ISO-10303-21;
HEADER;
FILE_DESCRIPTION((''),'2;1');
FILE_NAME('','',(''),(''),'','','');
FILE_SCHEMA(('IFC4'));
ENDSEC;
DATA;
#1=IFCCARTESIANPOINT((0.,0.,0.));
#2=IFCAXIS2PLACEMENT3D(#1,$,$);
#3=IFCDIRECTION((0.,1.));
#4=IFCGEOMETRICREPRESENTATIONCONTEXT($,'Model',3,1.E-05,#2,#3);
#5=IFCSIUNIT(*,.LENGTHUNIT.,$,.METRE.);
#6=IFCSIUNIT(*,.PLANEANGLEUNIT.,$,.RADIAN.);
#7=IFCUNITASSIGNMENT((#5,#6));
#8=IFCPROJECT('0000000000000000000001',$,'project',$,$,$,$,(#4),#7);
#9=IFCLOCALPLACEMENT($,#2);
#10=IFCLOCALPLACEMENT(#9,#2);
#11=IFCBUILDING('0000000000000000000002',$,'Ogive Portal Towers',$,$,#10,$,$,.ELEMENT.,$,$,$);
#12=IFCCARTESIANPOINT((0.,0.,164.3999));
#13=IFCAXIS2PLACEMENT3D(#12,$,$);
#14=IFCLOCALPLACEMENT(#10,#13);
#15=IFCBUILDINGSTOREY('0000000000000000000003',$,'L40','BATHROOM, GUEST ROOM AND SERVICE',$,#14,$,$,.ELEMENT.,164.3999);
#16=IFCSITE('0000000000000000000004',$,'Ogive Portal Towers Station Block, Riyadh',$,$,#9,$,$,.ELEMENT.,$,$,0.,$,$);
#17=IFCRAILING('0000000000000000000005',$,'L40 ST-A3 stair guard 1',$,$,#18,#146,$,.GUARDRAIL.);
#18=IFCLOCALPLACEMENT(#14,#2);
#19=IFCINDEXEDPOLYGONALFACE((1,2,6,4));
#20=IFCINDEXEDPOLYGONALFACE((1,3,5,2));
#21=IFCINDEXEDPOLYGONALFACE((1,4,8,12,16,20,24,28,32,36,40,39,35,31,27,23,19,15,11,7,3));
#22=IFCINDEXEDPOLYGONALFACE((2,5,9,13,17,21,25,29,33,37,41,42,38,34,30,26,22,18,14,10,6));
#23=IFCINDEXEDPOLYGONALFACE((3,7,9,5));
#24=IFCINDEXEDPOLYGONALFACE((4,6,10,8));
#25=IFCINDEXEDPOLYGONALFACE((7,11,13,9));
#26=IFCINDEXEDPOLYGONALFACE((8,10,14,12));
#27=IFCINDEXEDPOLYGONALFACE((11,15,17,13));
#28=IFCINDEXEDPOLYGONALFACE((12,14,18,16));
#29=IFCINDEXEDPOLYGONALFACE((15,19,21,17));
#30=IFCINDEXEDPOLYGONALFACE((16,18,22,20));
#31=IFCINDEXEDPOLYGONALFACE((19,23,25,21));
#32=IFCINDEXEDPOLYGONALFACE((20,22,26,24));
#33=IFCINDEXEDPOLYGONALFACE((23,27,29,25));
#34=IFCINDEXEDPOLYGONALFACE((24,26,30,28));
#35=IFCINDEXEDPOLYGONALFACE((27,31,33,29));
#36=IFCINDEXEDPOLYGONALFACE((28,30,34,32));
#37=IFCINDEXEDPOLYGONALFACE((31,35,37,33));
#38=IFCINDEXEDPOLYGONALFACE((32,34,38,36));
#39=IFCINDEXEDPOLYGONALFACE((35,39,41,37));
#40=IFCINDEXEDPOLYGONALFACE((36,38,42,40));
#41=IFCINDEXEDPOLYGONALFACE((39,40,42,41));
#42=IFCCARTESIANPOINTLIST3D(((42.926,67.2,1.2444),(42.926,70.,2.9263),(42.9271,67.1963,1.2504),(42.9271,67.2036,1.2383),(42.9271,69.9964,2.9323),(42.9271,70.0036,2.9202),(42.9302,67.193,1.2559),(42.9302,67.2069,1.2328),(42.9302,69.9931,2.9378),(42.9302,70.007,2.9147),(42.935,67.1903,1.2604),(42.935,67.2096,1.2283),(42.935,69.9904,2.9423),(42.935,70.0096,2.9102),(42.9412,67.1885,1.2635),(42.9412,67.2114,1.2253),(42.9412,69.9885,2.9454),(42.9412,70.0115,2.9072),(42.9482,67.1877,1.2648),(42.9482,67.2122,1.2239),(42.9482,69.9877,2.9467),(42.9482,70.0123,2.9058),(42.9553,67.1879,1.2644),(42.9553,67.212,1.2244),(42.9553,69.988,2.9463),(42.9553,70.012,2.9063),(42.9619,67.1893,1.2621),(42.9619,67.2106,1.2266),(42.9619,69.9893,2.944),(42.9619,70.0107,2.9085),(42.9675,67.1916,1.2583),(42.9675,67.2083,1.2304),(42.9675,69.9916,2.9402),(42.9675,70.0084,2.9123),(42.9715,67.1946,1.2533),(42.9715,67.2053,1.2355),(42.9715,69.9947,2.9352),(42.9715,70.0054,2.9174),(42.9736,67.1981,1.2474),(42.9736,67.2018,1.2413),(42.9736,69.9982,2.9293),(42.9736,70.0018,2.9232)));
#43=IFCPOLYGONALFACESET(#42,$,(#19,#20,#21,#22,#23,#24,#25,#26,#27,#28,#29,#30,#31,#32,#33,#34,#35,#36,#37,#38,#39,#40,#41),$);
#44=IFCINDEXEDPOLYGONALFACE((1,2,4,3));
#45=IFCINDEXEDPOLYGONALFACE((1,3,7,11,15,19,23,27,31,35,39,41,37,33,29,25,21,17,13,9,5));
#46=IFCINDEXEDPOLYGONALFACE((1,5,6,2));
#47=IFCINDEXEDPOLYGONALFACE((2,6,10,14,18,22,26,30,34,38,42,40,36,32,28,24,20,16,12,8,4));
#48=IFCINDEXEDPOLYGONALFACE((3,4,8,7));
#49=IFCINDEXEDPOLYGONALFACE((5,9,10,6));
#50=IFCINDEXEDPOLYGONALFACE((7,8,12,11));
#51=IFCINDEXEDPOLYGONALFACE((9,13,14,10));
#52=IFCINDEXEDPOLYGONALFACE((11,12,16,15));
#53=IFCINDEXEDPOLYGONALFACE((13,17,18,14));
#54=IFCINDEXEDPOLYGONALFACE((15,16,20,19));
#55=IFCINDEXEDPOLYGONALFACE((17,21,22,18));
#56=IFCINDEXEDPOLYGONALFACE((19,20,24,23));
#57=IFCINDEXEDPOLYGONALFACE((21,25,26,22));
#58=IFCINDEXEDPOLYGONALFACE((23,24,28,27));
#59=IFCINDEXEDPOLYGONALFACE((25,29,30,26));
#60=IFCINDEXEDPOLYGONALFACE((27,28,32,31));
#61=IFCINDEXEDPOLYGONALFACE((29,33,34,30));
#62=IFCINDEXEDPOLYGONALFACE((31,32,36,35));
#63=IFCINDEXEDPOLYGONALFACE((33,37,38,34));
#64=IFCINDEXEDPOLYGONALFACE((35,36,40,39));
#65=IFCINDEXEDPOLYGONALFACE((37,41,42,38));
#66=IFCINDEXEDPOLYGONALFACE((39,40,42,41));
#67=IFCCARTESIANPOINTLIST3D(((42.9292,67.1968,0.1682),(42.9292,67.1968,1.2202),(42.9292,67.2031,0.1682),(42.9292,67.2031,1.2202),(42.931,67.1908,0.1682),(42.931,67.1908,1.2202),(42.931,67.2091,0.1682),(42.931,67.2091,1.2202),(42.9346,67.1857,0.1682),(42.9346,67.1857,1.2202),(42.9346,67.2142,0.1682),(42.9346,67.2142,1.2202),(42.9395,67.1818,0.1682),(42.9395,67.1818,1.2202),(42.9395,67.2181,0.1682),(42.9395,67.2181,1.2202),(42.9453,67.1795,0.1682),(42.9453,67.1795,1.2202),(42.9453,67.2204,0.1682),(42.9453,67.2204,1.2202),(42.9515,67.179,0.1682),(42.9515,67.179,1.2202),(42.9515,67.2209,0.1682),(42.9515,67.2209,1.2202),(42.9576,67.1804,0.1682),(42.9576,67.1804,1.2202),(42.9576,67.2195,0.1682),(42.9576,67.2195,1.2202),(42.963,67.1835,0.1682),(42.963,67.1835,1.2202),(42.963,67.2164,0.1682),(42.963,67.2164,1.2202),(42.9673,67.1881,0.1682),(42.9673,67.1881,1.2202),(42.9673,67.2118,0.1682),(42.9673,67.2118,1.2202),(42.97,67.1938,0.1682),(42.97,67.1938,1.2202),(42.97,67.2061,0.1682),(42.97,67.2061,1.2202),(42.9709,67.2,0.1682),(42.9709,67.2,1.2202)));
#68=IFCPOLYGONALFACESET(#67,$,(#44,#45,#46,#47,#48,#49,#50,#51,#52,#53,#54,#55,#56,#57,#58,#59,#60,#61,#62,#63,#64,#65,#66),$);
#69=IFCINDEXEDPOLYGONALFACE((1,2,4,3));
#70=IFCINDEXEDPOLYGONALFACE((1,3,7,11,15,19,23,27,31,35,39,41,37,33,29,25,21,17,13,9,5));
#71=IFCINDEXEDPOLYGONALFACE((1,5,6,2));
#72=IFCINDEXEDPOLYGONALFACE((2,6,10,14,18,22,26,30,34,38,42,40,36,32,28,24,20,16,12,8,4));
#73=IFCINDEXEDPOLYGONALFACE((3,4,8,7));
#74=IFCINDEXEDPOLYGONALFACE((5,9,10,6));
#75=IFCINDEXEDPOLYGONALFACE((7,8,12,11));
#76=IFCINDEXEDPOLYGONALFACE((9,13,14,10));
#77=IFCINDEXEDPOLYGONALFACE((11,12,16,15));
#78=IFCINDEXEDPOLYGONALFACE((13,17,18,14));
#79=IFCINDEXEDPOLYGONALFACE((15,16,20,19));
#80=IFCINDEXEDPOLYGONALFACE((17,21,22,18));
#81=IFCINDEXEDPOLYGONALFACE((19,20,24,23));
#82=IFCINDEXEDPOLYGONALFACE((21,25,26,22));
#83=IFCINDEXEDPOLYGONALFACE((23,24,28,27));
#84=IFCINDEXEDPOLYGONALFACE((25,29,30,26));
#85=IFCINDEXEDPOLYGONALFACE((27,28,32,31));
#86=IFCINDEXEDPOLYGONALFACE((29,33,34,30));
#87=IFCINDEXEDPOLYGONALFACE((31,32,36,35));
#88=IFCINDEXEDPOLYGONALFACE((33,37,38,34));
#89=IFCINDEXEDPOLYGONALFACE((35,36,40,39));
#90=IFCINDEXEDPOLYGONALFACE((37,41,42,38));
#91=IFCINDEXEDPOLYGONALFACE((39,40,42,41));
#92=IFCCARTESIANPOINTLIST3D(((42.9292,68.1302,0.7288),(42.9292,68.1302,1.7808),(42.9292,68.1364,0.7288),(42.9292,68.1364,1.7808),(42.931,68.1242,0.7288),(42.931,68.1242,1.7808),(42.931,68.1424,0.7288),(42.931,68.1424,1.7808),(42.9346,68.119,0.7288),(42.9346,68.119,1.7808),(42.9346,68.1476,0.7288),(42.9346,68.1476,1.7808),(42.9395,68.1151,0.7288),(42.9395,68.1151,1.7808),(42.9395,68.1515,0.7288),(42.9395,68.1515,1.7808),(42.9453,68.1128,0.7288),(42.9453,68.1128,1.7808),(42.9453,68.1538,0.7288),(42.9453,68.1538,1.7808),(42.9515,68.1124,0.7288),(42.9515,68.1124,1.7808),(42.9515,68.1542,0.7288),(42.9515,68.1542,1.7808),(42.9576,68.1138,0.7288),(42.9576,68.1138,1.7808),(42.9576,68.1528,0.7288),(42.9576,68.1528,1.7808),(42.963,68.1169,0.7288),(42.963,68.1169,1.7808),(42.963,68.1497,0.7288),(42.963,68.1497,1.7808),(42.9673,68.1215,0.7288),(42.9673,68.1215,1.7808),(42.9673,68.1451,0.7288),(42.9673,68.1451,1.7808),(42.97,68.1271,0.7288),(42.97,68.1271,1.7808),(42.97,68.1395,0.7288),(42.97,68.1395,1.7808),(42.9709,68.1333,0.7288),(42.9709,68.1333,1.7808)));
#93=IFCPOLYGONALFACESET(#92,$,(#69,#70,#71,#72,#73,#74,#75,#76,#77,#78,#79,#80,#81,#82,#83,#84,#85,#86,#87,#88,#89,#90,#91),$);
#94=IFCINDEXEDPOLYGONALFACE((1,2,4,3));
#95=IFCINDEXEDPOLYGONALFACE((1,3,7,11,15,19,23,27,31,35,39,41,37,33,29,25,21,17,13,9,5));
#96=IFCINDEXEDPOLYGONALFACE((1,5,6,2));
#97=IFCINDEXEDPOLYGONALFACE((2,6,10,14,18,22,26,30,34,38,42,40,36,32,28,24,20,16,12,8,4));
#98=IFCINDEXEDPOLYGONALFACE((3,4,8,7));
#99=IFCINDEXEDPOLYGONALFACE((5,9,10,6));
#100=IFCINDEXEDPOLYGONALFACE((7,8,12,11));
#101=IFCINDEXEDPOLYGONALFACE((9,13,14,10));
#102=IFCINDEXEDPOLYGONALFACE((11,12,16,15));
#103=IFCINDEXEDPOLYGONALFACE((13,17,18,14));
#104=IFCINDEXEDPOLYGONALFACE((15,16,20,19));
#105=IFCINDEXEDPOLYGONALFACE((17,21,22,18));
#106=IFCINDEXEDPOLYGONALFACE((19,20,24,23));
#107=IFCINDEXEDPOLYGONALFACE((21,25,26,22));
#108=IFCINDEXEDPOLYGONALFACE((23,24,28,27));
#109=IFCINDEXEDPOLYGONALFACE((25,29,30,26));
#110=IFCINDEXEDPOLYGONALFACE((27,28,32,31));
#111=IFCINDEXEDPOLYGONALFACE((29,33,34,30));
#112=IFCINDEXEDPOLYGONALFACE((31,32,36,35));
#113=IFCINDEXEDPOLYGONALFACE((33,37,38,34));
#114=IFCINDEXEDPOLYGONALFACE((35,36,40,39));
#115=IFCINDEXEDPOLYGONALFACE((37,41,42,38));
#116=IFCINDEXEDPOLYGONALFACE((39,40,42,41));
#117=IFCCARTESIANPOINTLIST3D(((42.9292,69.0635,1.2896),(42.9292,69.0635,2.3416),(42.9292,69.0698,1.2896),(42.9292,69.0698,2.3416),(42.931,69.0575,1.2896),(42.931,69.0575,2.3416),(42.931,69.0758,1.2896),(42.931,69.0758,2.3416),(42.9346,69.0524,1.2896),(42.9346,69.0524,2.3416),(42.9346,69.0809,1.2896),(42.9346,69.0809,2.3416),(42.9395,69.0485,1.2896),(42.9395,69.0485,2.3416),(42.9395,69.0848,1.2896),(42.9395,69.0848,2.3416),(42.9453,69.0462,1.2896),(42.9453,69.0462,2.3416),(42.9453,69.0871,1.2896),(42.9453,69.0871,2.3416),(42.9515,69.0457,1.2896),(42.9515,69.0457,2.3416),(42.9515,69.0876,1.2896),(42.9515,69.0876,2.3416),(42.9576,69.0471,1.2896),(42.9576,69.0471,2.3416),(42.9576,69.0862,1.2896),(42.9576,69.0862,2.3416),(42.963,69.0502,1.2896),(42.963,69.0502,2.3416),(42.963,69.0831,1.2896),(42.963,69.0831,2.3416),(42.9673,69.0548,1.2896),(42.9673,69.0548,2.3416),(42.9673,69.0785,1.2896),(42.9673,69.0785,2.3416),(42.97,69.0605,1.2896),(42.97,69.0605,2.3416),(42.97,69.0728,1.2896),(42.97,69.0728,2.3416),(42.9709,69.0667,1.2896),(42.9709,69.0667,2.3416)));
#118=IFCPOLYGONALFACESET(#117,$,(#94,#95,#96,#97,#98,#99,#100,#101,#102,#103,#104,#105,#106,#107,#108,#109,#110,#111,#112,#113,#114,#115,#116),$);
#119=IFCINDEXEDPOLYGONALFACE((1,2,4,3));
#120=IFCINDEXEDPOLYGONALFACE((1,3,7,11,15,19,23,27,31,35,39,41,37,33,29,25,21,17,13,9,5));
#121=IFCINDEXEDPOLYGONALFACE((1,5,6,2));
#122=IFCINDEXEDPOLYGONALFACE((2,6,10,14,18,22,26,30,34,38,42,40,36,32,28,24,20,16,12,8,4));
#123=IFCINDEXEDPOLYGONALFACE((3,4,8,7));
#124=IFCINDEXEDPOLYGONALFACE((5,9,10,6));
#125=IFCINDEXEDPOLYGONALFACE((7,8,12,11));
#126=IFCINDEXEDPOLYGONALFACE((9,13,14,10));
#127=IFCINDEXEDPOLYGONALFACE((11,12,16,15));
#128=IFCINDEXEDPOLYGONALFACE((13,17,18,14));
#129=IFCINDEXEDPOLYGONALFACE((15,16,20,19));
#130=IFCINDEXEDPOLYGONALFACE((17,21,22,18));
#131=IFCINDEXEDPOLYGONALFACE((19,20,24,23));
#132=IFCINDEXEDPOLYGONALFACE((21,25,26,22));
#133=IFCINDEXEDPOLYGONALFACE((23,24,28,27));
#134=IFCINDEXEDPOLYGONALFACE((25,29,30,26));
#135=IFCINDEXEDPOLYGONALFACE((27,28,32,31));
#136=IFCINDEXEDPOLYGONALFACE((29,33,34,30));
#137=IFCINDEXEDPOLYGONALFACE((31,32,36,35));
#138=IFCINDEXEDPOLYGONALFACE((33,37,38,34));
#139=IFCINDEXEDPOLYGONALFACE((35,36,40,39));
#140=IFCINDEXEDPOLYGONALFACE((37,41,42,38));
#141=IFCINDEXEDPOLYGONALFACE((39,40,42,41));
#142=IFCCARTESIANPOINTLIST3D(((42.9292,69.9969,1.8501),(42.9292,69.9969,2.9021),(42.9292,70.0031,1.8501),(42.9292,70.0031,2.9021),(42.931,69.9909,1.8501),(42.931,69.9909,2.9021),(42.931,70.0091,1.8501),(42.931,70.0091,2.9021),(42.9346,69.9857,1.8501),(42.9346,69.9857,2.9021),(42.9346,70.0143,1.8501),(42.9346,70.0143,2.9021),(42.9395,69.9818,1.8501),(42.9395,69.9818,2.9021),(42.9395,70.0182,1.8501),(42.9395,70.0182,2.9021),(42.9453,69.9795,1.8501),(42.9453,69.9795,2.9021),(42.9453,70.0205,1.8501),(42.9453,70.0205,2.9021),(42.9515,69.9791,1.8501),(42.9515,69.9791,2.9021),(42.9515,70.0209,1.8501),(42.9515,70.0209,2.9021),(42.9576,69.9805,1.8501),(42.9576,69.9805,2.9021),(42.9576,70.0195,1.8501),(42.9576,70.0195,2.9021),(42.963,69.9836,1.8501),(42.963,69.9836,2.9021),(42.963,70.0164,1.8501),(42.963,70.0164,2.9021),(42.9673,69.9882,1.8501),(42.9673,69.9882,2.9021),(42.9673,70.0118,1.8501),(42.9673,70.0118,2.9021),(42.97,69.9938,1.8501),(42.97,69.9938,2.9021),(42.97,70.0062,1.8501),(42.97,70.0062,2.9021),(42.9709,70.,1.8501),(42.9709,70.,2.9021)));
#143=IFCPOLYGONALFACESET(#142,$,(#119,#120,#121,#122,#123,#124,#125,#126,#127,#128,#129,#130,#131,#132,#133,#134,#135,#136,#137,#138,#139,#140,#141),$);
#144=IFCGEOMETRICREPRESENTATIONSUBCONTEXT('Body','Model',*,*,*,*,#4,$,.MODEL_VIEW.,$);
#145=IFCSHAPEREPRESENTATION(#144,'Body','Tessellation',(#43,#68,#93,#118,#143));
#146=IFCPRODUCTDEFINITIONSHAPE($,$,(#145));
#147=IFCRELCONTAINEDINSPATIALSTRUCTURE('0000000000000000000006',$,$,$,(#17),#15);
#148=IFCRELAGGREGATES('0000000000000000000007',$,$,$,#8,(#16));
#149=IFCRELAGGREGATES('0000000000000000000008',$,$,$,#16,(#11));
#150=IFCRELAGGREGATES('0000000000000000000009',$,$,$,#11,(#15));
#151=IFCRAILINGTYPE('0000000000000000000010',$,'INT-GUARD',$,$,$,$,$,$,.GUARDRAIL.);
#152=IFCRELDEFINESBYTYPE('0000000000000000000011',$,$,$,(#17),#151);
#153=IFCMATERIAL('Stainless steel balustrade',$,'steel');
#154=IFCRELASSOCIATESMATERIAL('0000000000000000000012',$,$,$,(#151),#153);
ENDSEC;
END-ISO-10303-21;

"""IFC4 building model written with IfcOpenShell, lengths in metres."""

from ifc_helpers import new_model, si_unit, direction, frame, origin, origin_2d, place, context, subcontext, project, spatial, circle, extrude, material, type_object, element, save


model = new_model("IFC4")

# Units and contexts
model_context = context("Model", 3, precision=1e-05, world=origin(), true_north=direction((0.0, 1.0)))
body_context = subcontext(model_context, "Body", "Model", "MODEL_VIEW")
ifc_project = project(units=[si_unit("LENGTHUNIT", "METRE"), si_unit("PLANEANGLEUNIT", "RADIAN")], contexts=[model_context])

# Site, building, storey
site_placement = place(None, origin())
site = spatial("IfcSite", under=ifc_project, at=site_placement, Name="Ogive Portal Towers Station Block, Riyadh", CompositionType="ELEMENT", RefElevation=0.0)
building_placement = place(site_placement, origin())
building = spatial("IfcBuilding", under=site, at=building_placement, Name="Ogive Portal Towers", CompositionType="ELEMENT")
storey_placement = place(building_placement, frame((0.0, 0.0, 164.3999)))
storey = spatial("IfcBuildingStorey", under=building, at=storey_placement, Name="L40", Description="BATHROOM, GUEST ROOM AND SERVICE", CompositionType="ELEMENT", Elevation=164.3999)

# Railing
ifc_material_1 = material(Name="Stainless steel balustrade", Category="steel")
railing_type_1 = type_object("IfcRailingType", Name="INT-GUARD", PredefinedType="GUARDRAIL", material=ifc_material_1)
railing_1_placement = place(storey_placement, frame((42.95, 67.2, 0.1682)))
element("IfcRailing", 1, at=railing_1_placement, inside=storey, type_object=railing_type_1, Name="L40 ST-A3 stair guard 1", PredefinedType="GUARDRAIL", context=body_context, shape_type="SweptSolid", body=[
    extrude(circle(Radius=0.0239, at=origin_2d()), frame((0.0, 0.0, 1.0762), z_axis=(0.0, 0.857242, 0.514913), x_axis=(-1.0, 0.0, 0.0)), (0.0, 0.0, 1.0), 3.2664),
    extrude(circle(Radius=0.021, at=origin_2d()), origin(), (0.0, 0.0, 1.0), 1.052),
    extrude(circle(Radius=0.021, at=origin_2d()), frame((0.0, 0.9333, 0.5605)), (0.0, 0.0, 1.0), 1.052),
    extrude(circle(Radius=0.021, at=origin_2d()), frame((0.0, 1.8667, 1.1213)), (0.0, 0.0, 1.0), 1.052),
    extrude(circle(Radius=0.021, at=origin_2d()), frame((0.0, 2.8, 1.6819)), (0.0, 0.0, 1.0), 1.052),
])

save(model, "model.ifc")
